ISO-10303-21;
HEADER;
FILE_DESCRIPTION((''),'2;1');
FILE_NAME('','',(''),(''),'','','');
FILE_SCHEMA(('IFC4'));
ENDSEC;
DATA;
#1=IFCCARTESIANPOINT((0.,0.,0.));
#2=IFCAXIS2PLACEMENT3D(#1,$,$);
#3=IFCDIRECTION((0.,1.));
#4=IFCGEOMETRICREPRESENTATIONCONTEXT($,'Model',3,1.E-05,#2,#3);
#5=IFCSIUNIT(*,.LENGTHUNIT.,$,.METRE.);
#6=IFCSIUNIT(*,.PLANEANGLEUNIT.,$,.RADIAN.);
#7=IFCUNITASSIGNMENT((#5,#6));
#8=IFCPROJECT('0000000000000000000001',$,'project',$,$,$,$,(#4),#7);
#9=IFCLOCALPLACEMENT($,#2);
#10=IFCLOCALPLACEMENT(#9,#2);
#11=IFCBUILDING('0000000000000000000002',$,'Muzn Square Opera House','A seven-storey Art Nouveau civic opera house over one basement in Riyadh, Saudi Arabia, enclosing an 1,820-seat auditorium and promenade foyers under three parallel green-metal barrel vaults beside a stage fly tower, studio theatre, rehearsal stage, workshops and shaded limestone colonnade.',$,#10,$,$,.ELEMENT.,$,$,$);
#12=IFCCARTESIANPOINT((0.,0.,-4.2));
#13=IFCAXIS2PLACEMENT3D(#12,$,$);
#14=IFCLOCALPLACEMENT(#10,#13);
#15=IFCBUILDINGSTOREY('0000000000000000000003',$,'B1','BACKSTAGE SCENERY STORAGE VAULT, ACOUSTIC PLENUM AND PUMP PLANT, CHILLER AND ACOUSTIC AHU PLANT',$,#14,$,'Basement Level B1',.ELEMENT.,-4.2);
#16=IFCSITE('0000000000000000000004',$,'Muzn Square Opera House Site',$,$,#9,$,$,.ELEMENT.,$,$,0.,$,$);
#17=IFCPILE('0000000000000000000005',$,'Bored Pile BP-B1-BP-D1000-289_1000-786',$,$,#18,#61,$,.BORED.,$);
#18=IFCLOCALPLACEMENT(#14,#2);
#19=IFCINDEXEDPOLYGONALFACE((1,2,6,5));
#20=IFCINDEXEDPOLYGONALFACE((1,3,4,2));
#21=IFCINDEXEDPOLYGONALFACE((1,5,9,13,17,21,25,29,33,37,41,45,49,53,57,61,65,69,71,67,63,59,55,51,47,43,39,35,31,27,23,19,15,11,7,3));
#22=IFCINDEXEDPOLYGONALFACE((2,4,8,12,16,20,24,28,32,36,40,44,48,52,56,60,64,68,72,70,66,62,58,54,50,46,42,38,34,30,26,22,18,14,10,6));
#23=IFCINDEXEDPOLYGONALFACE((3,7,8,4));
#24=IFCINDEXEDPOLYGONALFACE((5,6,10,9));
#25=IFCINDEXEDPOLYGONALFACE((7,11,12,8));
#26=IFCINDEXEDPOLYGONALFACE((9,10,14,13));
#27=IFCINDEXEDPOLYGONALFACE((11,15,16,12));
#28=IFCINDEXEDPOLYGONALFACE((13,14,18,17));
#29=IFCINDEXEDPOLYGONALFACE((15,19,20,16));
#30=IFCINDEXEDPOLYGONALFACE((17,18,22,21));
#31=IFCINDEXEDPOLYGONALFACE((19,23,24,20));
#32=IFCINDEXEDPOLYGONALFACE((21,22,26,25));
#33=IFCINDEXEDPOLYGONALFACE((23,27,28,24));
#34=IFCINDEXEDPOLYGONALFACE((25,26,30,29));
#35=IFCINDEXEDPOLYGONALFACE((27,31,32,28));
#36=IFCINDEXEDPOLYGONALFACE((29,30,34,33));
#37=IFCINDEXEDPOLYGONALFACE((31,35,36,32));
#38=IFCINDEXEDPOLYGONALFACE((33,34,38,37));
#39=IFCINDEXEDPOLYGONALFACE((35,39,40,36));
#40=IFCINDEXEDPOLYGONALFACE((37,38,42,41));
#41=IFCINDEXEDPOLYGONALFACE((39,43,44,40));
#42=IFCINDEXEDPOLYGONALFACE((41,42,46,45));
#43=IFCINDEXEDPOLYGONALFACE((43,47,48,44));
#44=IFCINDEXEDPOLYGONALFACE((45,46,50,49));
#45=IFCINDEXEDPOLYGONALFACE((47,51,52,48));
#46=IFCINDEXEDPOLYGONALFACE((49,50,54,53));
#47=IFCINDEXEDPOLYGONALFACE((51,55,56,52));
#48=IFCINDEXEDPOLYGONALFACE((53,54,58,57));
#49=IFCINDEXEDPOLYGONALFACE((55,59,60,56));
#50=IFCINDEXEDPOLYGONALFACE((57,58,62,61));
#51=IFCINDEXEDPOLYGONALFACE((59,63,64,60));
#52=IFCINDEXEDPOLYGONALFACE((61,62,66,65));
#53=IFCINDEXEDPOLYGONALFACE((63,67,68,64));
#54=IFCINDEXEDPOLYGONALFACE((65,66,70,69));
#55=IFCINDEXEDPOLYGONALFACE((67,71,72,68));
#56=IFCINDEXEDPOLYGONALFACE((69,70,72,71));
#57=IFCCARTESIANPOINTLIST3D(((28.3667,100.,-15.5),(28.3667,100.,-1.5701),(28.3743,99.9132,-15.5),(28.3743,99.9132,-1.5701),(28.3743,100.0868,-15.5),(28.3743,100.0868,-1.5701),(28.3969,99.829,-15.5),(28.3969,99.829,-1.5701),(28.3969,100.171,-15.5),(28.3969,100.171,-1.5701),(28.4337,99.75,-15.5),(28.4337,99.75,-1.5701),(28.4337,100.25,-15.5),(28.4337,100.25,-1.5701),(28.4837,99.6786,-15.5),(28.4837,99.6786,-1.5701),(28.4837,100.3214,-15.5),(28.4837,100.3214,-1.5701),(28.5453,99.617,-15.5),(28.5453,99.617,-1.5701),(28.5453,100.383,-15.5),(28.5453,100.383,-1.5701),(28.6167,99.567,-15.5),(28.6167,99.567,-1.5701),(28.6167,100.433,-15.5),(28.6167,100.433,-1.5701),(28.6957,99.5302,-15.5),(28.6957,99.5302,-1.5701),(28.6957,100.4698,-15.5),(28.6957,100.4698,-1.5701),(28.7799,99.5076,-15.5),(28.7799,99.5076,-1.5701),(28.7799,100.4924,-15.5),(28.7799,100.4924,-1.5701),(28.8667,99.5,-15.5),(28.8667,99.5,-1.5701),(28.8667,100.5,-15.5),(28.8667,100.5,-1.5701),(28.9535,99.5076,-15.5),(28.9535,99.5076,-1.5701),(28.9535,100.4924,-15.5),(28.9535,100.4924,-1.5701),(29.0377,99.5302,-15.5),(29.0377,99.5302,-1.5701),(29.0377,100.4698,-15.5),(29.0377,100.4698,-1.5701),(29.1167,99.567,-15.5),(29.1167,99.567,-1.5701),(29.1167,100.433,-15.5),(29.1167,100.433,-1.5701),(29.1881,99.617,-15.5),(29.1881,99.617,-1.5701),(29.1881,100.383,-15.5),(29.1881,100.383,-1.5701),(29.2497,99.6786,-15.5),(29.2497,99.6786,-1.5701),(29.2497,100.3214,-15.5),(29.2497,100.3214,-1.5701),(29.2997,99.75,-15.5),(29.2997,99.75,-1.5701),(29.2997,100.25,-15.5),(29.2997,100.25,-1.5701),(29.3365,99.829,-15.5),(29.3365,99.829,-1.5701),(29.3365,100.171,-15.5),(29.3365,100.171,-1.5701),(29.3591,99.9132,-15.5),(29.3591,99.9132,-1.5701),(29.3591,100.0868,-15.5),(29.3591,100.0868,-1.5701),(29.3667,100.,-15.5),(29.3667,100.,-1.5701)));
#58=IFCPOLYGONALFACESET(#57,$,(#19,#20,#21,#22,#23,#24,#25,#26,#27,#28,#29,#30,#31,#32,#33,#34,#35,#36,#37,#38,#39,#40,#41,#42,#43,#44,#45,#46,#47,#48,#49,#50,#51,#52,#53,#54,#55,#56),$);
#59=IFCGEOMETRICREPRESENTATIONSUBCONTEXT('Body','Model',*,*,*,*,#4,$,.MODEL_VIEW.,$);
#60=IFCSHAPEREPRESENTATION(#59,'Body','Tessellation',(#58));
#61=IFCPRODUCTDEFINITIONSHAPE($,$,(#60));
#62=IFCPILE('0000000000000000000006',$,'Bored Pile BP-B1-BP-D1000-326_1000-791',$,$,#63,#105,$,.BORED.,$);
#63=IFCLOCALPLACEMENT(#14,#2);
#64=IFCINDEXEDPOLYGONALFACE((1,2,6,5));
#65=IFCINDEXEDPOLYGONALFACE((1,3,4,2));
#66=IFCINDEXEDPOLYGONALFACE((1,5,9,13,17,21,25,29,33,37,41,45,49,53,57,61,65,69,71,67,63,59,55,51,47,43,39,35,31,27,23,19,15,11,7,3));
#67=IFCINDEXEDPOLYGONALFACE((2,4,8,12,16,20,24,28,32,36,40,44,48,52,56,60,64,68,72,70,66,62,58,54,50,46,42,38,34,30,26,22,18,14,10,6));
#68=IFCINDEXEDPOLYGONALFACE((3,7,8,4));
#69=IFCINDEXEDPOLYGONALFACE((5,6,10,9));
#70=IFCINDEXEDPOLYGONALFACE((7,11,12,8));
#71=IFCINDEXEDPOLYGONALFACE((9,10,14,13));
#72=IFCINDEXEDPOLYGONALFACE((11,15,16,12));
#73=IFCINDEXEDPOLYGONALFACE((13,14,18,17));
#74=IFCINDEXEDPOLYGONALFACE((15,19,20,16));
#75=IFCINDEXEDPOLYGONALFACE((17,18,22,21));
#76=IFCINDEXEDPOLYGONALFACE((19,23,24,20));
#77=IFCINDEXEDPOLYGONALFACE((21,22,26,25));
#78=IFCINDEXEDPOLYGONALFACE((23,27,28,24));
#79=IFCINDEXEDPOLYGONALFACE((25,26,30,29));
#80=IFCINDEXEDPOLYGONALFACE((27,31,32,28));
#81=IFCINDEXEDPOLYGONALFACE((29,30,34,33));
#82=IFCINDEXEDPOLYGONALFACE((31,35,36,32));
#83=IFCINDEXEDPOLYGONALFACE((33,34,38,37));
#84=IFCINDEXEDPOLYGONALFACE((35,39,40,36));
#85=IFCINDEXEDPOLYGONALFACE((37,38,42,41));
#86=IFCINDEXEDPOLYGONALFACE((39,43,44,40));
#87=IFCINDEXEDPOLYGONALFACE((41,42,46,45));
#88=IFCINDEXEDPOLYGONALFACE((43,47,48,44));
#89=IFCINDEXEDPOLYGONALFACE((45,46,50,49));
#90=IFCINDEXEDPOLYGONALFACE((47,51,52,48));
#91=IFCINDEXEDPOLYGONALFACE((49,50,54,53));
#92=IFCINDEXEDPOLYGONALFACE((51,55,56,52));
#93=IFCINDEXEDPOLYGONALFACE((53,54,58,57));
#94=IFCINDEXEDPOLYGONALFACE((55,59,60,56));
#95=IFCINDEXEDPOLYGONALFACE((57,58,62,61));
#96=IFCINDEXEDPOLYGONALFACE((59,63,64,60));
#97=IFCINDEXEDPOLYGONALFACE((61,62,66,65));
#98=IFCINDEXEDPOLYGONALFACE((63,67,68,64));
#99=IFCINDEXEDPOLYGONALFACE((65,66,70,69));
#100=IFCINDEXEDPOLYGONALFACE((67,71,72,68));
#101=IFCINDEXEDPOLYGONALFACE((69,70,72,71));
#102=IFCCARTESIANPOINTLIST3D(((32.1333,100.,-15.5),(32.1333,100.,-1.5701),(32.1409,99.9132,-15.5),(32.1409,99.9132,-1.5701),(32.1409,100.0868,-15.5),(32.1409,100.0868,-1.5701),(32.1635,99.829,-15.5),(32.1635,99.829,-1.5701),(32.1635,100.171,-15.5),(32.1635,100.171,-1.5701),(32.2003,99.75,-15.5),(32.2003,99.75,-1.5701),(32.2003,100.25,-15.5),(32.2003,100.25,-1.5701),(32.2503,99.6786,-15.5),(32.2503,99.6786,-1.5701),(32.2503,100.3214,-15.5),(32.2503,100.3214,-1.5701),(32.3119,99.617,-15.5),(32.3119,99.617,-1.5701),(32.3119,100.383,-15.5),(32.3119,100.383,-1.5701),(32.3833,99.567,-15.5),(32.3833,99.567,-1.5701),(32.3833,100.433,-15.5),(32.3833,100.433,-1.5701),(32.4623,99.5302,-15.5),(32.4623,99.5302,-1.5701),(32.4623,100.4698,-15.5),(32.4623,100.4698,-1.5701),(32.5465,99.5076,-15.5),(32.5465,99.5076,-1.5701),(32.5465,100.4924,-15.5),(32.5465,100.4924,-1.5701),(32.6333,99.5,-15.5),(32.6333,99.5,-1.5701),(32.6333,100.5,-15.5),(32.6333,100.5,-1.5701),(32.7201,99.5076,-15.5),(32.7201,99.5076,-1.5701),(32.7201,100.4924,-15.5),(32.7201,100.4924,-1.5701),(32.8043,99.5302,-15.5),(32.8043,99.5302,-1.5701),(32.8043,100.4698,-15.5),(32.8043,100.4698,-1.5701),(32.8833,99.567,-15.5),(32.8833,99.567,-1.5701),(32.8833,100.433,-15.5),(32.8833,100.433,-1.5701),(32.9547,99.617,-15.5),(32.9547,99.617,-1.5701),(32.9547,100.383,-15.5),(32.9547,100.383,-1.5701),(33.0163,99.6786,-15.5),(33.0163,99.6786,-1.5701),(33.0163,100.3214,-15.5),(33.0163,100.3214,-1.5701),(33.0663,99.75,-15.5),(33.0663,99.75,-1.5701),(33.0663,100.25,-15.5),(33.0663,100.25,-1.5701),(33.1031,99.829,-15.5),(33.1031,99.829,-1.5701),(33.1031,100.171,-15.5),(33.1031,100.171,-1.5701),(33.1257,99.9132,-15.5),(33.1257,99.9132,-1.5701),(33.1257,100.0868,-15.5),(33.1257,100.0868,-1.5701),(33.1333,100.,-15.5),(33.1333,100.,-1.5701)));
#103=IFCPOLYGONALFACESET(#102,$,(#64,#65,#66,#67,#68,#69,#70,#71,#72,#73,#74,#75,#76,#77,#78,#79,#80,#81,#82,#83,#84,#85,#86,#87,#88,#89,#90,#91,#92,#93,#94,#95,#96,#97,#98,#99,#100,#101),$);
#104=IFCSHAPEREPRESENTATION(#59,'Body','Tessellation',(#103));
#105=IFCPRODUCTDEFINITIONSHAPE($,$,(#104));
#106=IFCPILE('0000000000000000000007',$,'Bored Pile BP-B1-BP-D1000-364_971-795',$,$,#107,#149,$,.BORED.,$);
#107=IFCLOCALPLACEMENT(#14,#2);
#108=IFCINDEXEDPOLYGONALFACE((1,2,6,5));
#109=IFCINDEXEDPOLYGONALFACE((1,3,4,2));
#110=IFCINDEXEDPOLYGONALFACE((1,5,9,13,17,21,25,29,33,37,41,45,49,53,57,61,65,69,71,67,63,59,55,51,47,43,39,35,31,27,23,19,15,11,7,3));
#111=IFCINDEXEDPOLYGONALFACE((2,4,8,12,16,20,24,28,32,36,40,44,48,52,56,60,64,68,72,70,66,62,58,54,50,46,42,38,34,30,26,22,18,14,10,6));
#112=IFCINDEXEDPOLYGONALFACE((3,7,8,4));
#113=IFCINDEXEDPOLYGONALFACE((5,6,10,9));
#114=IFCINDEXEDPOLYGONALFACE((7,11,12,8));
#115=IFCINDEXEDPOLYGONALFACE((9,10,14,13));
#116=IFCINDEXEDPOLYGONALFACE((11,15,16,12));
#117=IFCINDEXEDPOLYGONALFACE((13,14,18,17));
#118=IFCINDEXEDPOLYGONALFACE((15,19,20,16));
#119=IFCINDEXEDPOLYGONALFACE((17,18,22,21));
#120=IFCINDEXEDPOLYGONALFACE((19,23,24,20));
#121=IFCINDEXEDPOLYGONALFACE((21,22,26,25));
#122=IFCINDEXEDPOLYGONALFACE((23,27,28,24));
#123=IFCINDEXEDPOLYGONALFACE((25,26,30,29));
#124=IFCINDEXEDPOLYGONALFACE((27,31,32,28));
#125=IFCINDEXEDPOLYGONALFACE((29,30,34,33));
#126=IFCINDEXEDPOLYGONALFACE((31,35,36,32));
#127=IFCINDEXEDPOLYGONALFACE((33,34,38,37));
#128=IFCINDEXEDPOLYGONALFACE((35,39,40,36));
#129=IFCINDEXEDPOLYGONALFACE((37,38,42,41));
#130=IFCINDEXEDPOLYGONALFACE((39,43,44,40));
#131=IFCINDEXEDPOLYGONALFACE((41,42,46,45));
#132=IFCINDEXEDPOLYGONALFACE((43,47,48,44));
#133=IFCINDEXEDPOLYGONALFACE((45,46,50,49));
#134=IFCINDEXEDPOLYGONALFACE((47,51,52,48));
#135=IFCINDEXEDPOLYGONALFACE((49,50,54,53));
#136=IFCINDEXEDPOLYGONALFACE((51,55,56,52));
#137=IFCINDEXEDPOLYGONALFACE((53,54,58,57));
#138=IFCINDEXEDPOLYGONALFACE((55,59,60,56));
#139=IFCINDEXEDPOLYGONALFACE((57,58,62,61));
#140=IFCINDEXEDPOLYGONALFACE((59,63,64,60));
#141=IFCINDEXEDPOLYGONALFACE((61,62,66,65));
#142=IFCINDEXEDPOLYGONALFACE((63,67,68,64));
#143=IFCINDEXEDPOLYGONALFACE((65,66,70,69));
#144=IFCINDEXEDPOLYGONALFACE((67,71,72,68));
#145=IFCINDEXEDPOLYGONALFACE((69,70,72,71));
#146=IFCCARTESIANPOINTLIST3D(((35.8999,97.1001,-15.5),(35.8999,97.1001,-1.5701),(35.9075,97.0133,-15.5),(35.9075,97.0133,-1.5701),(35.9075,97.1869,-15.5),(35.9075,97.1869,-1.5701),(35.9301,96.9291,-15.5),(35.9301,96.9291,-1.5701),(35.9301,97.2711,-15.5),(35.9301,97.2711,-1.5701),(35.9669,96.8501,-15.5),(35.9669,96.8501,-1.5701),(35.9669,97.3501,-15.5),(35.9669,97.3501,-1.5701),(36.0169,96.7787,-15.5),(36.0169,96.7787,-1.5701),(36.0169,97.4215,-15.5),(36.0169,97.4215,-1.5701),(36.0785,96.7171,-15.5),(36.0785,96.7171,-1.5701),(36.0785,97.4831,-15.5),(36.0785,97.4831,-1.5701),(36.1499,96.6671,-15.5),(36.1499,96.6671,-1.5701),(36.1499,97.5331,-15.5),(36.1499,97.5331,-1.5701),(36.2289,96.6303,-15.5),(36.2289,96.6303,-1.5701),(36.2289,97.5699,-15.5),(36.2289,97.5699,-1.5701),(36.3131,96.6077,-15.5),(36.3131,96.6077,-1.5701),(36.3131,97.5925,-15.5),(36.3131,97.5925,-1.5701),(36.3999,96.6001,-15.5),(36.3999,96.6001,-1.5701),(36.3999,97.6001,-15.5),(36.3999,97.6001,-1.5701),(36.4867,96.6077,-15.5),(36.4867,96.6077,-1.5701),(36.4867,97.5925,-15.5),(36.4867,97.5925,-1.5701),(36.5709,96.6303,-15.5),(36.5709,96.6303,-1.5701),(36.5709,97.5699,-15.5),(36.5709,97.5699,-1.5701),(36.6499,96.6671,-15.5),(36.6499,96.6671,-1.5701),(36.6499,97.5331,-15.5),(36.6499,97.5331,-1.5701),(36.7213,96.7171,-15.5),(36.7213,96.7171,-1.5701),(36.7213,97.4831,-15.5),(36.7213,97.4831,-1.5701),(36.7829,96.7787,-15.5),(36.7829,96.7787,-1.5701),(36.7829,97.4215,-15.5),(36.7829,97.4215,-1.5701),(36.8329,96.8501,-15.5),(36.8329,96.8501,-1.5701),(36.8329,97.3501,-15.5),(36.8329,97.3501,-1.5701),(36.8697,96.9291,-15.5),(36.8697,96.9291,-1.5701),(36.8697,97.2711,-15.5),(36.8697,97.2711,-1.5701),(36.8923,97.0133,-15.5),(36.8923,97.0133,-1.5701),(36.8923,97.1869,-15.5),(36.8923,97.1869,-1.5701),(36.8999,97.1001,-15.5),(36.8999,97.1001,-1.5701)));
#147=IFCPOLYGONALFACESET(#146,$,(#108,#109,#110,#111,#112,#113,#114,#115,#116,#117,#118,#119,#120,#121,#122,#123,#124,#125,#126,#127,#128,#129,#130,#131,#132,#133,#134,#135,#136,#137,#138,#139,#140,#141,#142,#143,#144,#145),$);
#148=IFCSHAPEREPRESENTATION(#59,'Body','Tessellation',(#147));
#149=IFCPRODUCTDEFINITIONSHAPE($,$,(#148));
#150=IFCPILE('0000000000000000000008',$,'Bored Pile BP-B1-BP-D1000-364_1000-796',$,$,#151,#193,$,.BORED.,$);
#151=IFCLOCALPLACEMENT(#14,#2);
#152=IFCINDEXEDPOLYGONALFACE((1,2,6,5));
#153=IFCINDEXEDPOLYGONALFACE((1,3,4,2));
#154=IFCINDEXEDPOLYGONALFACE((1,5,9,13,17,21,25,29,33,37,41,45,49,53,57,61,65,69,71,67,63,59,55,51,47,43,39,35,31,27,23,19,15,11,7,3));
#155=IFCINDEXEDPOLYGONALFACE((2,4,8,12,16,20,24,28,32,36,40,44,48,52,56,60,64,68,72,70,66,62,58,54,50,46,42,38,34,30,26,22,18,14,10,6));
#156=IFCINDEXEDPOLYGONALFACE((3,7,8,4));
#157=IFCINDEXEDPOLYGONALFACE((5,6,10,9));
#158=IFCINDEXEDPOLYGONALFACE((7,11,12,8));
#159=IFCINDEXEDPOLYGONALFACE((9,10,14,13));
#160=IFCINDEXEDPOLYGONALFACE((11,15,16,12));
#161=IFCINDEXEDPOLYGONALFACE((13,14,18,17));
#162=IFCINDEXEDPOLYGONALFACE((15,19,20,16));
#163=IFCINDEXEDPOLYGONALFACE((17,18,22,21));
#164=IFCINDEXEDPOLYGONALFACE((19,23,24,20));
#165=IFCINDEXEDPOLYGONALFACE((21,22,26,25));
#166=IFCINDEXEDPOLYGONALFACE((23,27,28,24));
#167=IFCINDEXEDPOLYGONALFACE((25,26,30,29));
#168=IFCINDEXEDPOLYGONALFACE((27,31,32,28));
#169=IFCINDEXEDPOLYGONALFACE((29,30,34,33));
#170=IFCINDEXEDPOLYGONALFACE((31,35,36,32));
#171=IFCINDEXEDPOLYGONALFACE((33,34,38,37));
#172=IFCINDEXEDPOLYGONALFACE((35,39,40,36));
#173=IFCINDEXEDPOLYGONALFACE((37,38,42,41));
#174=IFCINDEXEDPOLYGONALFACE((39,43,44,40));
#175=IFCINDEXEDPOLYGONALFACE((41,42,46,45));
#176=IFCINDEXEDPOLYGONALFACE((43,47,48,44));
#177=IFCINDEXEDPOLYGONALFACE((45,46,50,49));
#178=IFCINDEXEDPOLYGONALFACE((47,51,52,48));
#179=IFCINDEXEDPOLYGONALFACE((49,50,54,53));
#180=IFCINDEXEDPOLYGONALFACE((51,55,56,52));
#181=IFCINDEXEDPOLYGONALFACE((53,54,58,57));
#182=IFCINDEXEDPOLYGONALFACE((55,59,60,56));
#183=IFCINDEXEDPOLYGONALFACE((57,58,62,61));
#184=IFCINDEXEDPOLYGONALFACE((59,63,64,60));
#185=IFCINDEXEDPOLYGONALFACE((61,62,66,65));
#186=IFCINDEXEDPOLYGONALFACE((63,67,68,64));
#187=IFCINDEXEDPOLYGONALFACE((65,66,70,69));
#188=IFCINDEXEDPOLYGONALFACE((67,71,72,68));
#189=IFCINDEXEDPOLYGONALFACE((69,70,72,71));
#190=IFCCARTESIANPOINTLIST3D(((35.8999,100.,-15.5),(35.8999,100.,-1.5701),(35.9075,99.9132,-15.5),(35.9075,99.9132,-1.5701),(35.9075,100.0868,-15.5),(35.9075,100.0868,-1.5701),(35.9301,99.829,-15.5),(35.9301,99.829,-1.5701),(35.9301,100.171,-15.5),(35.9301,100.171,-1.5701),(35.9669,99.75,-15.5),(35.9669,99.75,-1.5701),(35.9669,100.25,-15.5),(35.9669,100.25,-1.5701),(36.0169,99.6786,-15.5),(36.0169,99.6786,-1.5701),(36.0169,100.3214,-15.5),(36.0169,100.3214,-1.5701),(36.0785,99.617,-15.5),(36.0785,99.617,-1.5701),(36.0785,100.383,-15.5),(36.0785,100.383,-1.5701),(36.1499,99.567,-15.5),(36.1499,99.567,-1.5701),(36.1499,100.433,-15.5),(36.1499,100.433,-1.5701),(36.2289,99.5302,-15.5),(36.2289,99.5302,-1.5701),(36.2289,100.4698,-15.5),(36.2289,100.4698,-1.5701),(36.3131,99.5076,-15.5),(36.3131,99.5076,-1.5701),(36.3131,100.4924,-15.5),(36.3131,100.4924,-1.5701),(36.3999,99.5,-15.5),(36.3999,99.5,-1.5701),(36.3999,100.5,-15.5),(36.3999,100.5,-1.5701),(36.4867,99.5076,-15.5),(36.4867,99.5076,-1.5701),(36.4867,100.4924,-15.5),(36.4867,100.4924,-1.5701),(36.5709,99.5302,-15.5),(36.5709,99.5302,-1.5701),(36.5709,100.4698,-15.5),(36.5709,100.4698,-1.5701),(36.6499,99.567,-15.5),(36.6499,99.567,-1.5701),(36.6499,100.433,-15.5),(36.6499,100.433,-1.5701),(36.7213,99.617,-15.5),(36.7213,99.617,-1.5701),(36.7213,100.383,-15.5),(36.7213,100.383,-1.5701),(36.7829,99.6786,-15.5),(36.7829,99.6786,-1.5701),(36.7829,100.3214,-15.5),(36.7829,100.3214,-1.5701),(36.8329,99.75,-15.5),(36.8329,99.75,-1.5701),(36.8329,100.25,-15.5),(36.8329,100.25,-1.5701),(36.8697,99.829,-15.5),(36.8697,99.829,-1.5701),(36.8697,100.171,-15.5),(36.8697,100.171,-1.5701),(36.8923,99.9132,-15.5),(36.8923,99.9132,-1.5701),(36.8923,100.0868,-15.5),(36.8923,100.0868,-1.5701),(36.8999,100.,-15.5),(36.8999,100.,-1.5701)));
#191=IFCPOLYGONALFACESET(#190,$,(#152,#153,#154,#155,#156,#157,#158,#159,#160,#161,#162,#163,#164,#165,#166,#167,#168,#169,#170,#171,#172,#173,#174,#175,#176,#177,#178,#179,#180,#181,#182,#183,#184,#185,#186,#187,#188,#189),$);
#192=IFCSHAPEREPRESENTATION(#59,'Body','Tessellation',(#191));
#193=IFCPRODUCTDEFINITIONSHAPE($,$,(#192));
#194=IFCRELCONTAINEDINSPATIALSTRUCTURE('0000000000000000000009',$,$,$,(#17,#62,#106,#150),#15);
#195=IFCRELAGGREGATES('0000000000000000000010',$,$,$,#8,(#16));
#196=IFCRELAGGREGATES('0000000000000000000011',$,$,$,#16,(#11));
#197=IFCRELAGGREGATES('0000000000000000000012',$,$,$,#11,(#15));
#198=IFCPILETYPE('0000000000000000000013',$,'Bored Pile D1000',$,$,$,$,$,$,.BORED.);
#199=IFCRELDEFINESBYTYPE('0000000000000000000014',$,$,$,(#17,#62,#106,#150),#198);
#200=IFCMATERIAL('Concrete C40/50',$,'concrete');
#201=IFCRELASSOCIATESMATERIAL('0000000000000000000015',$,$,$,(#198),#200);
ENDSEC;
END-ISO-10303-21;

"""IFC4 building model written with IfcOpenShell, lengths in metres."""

from ifc_helpers import new_model, si_unit, direction, frame, origin, origin_2d, place, context, subcontext, project, spatial, circle, extrude, material, material_profile, profile_set, type_object, element, save


model = new_model("IFC4")

# Units and contexts
model_context = context("Model", 3, precision=1e-05, world=origin(), true_north=direction((0.0, 1.0)))
body_context = subcontext(model_context, "Body", "Model", "MODEL_VIEW")
ifc_project = project(units=[si_unit("LENGTHUNIT", "METRE"), si_unit("PLANEANGLEUNIT", "RADIAN")], contexts=[model_context])

# Site, building, storey
site_placement = place(None, origin())
site = spatial("IfcSite", under=ifc_project, at=site_placement, Name="Muzn Square Opera House Site", CompositionType="ELEMENT", RefElevation=0.0)
building_placement = place(site_placement, origin())
building = spatial("IfcBuilding", under=site, at=building_placement, Name="Muzn Square Opera House", Description="A seven-storey Art Nouveau civic opera house over one basement in Riyadh, Saudi Arabia, enclosing an 1,820-seat auditorium and promenade foyers under three parallel green-metal barrel vaults beside a stage fly tower, studio theatre, rehearsal stage, workshops and shaded limestone colonnade.", CompositionType="ELEMENT")
storey_placement = place(building_placement, frame((0.0, 0.0, -4.2)))
storey = spatial("IfcBuildingStorey", under=building, at=storey_placement, Name="B1", Description="BACKSTAGE SCENERY STORAGE VAULT, ACOUSTIC PLENUM AND PUMP PLANT, CHILLER AND ACOUSTIC AHU PLANT", LongName="Basement Level B1", CompositionType="ELEMENT", Elevation=-4.2)

# Piles
ifc_material_1 = material(Name="Concrete C40/50", Category="concrete")
ifc_material_profile_1 = material_profile(ifc_material_1, circle(Radius=0.5, at=origin_2d()), Name="BORED PILE D1000", Category="concrete")
ifc_profile_set_1 = profile_set([ifc_material_profile_1], Name="Concrete C40/50")
pile_type = type_object("IfcPileType", Name="Bored Pile D1000", PredefinedType="BORED", material=ifc_profile_set_1)
for number, where, z_axis, x_axis, name in (
    (1, (28.8667, 100.0, -1.5701), (0.0, 0.0, -1.0), (1.0, 0.0, 0.0), "Bored Pile BP-B1-BP-D1000-289_1000-786"),
    (2, (32.6333, 100.0, -1.5701), (0.0, 0.0, -1.0), (1.0, 0.0, 0.0), "Bored Pile BP-B1-BP-D1000-326_1000-791"),
    (3, (36.3999, 97.1001, -1.5701), (0.0, 0.0, -1.0), (1.0, 0.0, 0.0), "Bored Pile BP-B1-BP-D1000-364_971-795"),
    (4, (36.3999, 100.0, -1.5701), (0.0, 0.0, -1.0), (1.0, 0.0, 0.0), "Bored Pile BP-B1-BP-D1000-364_1000-796"),
):
    element("IfcPile", number, at=place(storey_placement, frame(where, z_axis=z_axis, x_axis=x_axis)), inside=storey, type_object=pile_type, Name=name, PredefinedType="BORED", context=body_context, shape_type="SweptSolid", body=[
        extrude(circle(Radius=0.5, at=origin_2d()), origin(), (0.0, 0.0, 1.0), 13.9299),
    ])

save(model, "model.ifc")
